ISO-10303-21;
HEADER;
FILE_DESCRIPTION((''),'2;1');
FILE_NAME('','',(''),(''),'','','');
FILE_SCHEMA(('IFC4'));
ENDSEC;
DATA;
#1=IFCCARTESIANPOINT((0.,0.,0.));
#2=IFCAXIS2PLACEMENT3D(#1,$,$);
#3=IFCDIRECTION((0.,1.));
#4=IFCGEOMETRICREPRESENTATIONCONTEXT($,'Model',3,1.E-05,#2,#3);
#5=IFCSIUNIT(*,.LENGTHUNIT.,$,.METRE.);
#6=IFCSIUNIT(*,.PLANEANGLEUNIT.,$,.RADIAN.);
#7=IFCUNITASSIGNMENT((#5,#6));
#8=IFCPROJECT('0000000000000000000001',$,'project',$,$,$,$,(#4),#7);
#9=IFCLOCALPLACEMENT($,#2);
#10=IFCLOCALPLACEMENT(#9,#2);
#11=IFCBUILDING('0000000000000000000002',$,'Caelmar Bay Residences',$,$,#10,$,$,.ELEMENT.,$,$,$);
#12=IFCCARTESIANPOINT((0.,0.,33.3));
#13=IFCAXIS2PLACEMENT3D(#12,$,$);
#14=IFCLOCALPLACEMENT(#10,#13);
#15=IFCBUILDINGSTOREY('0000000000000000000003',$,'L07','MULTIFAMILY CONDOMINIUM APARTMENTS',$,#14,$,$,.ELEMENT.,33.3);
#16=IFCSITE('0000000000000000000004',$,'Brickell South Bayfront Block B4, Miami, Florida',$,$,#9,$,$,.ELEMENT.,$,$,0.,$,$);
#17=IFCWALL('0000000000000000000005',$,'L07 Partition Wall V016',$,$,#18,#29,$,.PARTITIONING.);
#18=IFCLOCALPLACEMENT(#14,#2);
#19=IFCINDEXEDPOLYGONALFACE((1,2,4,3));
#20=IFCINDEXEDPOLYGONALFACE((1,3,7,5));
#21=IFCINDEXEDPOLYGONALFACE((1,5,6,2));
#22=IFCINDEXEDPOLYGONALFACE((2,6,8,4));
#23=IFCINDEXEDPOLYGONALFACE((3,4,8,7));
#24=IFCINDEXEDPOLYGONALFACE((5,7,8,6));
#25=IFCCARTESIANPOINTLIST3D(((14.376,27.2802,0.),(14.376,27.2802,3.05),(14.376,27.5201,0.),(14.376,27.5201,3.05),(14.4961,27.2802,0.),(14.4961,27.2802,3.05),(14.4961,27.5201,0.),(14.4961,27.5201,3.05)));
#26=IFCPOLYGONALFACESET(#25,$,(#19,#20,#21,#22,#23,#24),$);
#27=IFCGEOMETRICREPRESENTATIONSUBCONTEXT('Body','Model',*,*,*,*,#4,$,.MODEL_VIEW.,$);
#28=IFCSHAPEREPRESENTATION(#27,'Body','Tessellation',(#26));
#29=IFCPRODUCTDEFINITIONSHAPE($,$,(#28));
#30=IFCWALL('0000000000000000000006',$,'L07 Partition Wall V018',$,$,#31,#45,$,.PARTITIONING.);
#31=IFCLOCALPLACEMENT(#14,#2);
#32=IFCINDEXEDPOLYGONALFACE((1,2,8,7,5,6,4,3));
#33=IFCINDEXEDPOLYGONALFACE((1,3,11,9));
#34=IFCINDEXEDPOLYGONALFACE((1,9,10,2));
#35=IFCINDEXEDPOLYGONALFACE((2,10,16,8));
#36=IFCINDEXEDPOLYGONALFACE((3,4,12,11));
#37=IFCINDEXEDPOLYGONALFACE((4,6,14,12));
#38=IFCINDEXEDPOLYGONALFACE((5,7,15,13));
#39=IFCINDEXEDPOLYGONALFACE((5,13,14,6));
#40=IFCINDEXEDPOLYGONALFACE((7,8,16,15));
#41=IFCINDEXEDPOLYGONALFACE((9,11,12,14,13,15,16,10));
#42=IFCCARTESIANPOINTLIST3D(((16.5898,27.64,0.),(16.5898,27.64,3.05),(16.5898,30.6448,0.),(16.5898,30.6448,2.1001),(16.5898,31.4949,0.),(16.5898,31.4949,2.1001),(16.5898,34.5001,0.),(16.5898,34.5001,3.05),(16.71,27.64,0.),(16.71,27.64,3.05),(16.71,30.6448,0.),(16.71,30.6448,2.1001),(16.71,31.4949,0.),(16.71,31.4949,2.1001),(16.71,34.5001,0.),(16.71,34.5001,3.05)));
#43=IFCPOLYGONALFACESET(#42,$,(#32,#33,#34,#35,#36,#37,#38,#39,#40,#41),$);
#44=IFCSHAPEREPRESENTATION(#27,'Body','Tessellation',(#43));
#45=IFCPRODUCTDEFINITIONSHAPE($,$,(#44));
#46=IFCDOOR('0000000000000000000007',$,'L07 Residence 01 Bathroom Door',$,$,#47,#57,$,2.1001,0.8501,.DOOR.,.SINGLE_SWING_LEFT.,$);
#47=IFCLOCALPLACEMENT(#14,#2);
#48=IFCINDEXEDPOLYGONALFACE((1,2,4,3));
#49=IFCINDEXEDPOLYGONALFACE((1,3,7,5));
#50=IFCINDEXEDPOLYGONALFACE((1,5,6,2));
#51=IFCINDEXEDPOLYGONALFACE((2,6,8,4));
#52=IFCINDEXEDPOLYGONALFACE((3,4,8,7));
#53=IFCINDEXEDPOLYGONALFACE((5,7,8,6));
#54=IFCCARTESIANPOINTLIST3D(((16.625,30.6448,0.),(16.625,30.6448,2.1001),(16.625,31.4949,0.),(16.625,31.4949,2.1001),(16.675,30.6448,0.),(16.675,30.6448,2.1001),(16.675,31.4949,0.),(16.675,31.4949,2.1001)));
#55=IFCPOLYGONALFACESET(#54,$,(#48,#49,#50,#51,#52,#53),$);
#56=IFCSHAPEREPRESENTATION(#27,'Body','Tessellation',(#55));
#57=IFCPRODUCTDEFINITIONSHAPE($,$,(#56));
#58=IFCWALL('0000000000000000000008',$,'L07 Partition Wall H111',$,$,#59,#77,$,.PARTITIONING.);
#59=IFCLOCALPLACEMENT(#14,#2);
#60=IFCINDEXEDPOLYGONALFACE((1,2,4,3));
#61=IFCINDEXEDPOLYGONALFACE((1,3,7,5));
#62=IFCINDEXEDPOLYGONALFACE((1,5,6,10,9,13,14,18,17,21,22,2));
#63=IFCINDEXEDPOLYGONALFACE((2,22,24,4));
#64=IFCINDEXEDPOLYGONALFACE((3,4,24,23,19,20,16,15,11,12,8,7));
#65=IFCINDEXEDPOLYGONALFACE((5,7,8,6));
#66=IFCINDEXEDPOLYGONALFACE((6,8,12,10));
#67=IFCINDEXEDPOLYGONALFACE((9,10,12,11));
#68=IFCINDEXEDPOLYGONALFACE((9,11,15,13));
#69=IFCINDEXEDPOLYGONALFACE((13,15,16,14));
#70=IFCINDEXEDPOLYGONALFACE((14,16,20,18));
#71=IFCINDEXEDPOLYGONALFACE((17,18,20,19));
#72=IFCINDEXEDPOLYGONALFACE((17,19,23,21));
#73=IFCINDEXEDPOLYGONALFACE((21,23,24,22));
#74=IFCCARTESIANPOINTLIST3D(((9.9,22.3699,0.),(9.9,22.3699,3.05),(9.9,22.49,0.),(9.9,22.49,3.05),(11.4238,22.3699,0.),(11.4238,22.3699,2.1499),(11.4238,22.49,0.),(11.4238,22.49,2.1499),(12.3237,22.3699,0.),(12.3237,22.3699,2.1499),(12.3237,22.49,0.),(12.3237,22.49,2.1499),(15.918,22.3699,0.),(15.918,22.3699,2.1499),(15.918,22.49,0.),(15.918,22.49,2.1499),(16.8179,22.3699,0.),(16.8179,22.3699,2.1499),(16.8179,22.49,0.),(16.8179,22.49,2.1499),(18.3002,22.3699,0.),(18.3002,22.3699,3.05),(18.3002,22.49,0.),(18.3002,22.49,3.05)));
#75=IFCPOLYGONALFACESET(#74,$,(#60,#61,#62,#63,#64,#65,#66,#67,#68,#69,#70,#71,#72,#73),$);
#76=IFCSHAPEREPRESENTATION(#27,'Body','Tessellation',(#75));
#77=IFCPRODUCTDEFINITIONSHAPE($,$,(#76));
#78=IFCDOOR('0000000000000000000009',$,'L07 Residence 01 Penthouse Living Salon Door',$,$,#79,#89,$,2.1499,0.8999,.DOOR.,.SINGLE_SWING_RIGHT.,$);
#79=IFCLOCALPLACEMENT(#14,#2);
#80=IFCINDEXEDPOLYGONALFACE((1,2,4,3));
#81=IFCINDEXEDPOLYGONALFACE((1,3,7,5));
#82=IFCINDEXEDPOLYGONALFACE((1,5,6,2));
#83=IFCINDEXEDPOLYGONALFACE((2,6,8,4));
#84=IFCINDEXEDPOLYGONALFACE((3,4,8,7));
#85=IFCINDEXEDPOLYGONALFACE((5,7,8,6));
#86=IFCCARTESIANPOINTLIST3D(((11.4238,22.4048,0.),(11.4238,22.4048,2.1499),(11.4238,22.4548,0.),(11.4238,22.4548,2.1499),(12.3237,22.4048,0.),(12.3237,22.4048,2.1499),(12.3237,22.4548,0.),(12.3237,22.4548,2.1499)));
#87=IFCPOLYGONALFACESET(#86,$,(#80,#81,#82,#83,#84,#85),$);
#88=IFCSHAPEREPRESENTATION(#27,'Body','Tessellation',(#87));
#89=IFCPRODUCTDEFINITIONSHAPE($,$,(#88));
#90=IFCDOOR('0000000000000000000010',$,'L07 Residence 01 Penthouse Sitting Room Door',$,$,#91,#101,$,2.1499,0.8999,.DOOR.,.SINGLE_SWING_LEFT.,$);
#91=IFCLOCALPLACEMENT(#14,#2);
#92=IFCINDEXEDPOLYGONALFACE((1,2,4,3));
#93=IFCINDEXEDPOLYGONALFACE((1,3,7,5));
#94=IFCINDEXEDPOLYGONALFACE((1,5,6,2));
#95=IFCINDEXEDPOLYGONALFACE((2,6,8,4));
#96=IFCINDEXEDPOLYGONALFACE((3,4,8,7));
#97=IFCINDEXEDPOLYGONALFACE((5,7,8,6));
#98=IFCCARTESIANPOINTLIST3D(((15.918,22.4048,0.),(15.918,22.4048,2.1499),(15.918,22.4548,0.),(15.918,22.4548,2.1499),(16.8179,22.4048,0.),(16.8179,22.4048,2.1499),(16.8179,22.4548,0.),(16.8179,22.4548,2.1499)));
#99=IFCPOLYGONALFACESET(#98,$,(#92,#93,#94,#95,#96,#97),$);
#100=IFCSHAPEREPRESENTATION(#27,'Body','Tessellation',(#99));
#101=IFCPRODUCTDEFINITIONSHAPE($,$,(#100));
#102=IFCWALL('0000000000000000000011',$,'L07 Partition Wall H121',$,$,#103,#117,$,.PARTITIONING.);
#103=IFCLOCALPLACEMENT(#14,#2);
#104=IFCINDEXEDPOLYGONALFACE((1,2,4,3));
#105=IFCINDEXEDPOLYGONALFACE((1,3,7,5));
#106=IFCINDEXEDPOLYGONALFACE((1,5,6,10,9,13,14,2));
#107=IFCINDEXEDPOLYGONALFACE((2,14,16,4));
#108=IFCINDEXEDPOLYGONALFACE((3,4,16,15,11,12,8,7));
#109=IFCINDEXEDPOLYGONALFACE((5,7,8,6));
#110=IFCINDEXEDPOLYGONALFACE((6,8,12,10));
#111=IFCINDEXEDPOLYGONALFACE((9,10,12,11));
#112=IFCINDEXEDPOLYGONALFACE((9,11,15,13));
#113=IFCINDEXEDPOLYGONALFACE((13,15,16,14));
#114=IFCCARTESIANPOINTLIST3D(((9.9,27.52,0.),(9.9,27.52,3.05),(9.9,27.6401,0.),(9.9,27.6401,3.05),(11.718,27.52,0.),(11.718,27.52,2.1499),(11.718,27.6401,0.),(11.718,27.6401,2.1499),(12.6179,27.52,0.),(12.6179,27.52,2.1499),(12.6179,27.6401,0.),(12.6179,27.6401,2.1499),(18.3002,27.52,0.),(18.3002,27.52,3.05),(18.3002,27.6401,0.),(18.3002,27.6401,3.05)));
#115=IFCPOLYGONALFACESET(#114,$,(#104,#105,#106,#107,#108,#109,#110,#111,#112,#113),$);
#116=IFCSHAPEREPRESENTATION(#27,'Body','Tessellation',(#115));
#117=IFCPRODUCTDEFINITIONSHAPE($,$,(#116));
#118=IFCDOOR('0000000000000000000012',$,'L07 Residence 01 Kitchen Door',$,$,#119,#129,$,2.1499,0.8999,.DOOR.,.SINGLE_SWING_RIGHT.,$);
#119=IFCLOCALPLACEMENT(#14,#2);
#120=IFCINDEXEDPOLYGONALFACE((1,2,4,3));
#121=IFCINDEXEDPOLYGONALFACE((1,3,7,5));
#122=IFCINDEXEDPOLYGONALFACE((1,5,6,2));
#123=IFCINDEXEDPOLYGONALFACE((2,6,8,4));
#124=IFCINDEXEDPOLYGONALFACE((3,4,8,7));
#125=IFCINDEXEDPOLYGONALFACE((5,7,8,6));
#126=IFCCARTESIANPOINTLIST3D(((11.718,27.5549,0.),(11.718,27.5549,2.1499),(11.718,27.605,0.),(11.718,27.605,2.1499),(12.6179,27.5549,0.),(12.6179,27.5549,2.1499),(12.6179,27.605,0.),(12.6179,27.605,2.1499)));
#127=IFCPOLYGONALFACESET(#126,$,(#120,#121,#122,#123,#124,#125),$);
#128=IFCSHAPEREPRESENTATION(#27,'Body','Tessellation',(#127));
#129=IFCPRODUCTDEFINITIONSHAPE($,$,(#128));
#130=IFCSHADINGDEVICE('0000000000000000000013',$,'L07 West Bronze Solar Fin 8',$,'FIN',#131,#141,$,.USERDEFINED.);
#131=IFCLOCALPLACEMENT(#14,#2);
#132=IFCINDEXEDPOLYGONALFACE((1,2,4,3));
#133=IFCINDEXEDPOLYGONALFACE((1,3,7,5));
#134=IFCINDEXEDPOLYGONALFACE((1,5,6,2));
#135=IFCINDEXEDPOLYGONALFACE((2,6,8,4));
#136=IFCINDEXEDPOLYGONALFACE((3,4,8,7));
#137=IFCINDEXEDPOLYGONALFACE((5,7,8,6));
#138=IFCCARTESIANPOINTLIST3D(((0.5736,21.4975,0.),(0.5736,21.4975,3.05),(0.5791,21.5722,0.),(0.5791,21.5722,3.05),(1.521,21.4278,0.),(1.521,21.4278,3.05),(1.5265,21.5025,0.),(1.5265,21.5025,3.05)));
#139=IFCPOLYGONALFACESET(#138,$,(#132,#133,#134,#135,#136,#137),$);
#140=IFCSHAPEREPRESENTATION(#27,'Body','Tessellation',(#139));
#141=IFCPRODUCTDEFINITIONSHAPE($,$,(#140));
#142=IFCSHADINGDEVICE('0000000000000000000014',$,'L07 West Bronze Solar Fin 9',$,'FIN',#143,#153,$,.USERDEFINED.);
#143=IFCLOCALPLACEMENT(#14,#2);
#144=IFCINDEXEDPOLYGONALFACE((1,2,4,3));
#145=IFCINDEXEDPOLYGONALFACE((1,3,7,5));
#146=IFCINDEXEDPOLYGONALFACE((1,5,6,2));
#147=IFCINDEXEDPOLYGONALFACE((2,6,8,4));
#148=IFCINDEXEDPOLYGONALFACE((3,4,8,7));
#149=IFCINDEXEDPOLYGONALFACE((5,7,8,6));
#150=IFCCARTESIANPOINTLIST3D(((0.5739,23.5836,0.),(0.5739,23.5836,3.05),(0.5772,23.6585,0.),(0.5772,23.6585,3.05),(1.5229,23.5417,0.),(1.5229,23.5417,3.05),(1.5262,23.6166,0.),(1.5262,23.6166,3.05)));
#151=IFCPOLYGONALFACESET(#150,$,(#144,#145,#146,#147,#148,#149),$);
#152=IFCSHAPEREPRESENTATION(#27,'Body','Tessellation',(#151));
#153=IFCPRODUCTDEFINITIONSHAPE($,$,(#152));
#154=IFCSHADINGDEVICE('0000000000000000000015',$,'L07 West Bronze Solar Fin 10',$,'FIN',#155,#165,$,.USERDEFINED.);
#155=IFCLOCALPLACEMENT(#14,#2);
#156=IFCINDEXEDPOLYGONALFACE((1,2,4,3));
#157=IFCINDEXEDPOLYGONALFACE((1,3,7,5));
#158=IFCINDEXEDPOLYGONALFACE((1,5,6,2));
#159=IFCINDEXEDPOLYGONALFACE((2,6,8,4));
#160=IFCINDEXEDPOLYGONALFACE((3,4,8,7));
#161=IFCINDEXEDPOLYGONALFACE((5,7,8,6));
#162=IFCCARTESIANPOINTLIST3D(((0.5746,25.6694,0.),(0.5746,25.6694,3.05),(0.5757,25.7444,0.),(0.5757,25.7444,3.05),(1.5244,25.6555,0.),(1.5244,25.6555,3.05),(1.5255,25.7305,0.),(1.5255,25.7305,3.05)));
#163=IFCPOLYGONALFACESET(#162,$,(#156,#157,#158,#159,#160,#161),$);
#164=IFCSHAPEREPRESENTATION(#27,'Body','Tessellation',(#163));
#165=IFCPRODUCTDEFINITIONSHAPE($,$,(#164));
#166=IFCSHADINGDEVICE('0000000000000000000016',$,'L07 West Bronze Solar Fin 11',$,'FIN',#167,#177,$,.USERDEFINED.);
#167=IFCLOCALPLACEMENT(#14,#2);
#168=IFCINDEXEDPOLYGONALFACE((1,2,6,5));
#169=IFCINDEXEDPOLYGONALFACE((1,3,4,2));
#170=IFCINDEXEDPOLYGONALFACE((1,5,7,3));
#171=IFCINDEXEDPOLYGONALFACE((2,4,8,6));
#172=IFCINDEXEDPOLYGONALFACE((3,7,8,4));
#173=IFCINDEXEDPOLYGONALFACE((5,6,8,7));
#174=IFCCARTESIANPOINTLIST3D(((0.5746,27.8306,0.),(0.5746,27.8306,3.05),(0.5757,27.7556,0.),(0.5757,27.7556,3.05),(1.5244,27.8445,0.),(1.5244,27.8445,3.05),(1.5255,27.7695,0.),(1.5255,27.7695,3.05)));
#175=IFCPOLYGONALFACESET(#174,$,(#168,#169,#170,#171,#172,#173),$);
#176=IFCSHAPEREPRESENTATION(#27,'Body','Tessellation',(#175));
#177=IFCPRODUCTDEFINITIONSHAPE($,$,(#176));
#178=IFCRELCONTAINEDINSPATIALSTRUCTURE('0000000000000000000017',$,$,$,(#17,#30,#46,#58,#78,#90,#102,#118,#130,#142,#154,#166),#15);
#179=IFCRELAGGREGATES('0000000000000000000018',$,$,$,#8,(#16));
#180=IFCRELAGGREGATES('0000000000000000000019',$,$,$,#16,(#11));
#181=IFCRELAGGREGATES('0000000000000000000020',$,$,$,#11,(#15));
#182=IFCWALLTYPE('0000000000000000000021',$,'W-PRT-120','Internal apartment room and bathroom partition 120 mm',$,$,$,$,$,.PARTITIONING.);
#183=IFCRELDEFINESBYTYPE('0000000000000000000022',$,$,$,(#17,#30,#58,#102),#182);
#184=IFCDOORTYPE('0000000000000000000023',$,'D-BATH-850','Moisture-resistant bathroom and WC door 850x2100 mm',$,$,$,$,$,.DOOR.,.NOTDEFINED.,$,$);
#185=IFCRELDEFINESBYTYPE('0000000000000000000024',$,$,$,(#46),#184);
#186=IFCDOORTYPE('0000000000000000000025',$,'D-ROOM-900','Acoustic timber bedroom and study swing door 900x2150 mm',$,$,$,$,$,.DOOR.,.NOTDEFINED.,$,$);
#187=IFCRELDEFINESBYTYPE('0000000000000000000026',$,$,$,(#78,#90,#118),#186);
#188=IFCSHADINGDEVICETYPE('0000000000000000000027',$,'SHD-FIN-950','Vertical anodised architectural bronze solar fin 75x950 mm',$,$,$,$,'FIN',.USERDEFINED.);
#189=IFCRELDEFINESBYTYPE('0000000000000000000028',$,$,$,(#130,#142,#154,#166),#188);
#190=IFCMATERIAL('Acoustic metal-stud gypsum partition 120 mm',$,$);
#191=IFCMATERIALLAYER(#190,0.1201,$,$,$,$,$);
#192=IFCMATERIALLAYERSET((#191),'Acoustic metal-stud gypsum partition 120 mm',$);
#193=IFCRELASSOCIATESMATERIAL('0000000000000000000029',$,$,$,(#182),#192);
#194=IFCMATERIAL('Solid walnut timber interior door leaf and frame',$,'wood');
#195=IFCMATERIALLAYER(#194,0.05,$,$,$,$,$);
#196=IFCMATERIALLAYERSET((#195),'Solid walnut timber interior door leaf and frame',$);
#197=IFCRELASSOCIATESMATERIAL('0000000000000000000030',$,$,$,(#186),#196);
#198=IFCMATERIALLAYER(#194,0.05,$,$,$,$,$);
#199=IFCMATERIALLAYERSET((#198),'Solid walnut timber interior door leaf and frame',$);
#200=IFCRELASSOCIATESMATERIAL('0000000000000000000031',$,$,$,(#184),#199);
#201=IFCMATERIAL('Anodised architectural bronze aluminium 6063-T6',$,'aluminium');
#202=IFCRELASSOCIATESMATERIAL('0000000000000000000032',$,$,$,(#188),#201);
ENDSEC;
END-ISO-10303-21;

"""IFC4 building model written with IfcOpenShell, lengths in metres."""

from ifc_helpers import new_model, si_unit, direction, frame, frame_2d, origin, origin_2d, place, context, subcontext, project, spatial, rectangle, extrude, material, layer, layer_set, material_profile, profile_set, type_object, element, fill, save


model = new_model("IFC4")

# Units and contexts
model_context = context("Model", 3, precision=1e-05, world=origin(), true_north=direction((0.0, 1.0)))
body_context = subcontext(model_context, "Body", "Model", "MODEL_VIEW")
ifc_project = project(units=[si_unit("LENGTHUNIT", "METRE"), si_unit("PLANEANGLEUNIT", "RADIAN")], contexts=[model_context])

# Site, building, storey
site_placement = place(None, origin())
site = spatial("IfcSite", under=ifc_project, at=site_placement, Name="Brickell South Bayfront Block B4, Miami, Florida", CompositionType="ELEMENT", RefElevation=0.0)
building_placement = place(site_placement, origin())
building = spatial("IfcBuilding", under=site, at=building_placement, Name="Caelmar Bay Residences", CompositionType="ELEMENT")
storey_placement = place(building_placement, frame((0.0, 0.0, 33.3)))
storey = spatial("IfcBuildingStorey", under=building, at=storey_placement, Name="L07", Description="MULTIFAMILY CONDOMINIUM APARTMENTS", CompositionType="ELEMENT", Elevation=33.3)

# Shared definitions
ifc_material_1 = material(Name="Acoustic metal-stud gypsum partition 120 mm")
ifc_layer_1 = layer(ifc_material_1, 0.1201)
ifc_layer_set_1 = layer_set([ifc_layer_1], Name="Acoustic metal-stud gypsum partition 120 mm")
wall_type_1 = type_object("IfcWallType", Name="W-PRT-120", Description="Internal apartment room and bathroom partition 120 mm", PredefinedType="PARTITIONING", material=ifc_layer_set_1)

# Shared definitions
ifc_material_2 = material(Name="Solid walnut timber interior door leaf and frame", Category="wood")
ifc_layer_2 = layer(ifc_material_2, 0.05)
ifc_layer_set_2 = layer_set([ifc_layer_2], Name="Solid walnut timber interior door leaf and frame")
door_type_1 = type_object("IfcDoorType", Name="D-ROOM-900", Description="Acoustic timber bedroom and study swing door 900x2150 mm", OperationType="NOTDEFINED", PredefinedType="DOOR", material=ifc_layer_set_2)

# Wall
wall_1_placement = place(storey_placement, frame((14.436, 27.28, 0.0), z_axis=(0.0, 0.0, 1.0), x_axis=(0.0, 1.0, 0.0)))
element("IfcWall", 1, at=wall_1_placement, inside=storey, type_object=wall_type_1, Name="L07 Partition Wall V016", PredefinedType="PARTITIONING", context=body_context, shape_type="SweptSolid", body=[
    extrude(rectangle(XDim=0.24, YDim=0.1201, at=frame_2d((0.1201, 0.0))), origin(), (0.0, 0.0, 1.0), 3.05),
])

# Wall, opening, door
wall_2_placement = place(storey_placement, frame((16.6499, 27.6399, 0.0), z_axis=(0.0, 0.0, 1.0), x_axis=(0.0, 1.0, 0.0)))
wall_2 = element("IfcWall", 2, at=wall_2_placement, inside=storey, type_object=wall_type_1, Name="L07 Partition Wall V018", PredefinedType="PARTITIONING", context=body_context, shape_type="SweptSolid", body=[
    extrude(rectangle(XDim=6.8601, YDim=0.1201, at=frame_2d((3.4302, 0.0))), origin(), (0.0, 0.0, 1.0), 3.05),
])
opening_1_placement = place(wall_2_placement, frame((3.0049, 0.0, 0.0)))
opening_1 = element("IfcOpeningElement", 3, at=opening_1_placement, cuts=wall_2, PredefinedType="OPENING", context=body_context, shape_type="SweptSolid", body=[
    extrude(rectangle(XDim=0.8501, YDim=2.1001, at=frame_2d((0.425, 1.05))), frame((0.0, 0.0701, 0.0), z_axis=(0.0, -1.0, 0.0), x_axis=(1.0, 0.0, 0.0)), (0.0, 0.0, 1.0), 0.1401),
])
ifc_layer_3 = layer(ifc_material_2, 0.05)
ifc_layer_set_3 = layer_set([ifc_layer_3], Name="Solid walnut timber interior door leaf and frame")
door_type_2 = type_object("IfcDoorType", Name="D-BATH-850", Description="Moisture-resistant bathroom and WC door 850x2100 mm", OperationType="NOTDEFINED", PredefinedType="DOOR", material=ifc_layer_set_3)
door_1_placement = place(opening_1_placement, origin())
door_1 = element("IfcDoor", 4, at=door_1_placement, inside=storey, type_object=door_type_2, Name="L07 Residence 01 Bathroom Door", OperationType="SINGLE_SWING_LEFT", OverallHeight=2.1001, OverallWidth=0.8501, PredefinedType="DOOR", context=body_context, shape_type="SweptSolid", body=[
    extrude(rectangle(XDim=0.8501, YDim=2.1001, at=frame_2d((0.425, 1.05))), frame((0.0, 0.0249, 0.0), z_axis=(0.0, -1.0, 0.0), x_axis=(1.0, 0.0, 0.0)), (0.0, 0.0, 1.0), 0.05),
])
fill(opening_1, door_1)

# Wall, openings, doors
wall_3_placement = place(storey_placement, frame((9.8999, 22.4299, 0.0), z_axis=(0.0, 0.0, 1.0), x_axis=(1.0, 0.0, 0.0)))
wall_3 = element("IfcWall", 5, at=wall_3_placement, inside=storey, type_object=wall_type_1, Name="L07 Partition Wall H111", PredefinedType="PARTITIONING", context=body_context, shape_type="SweptSolid", body=[
    extrude(rectangle(XDim=8.4001, YDim=0.1201, at=frame_2d((4.2002, 0.0))), origin(), (0.0, 0.0, 1.0), 3.05),
])
opening_2_placement = place(wall_3_placement, frame((1.5239, 0.0, 0.0)))
opening_2 = element("IfcOpeningElement", 6, at=opening_2_placement, cuts=wall_3, PredefinedType="OPENING", context=body_context, shape_type="SweptSolid", body=[
    extrude(rectangle(XDim=0.8999, YDim=2.1499, at=frame_2d((0.45, 1.075))), frame((0.0, 0.0701, 0.0), z_axis=(0.0, -1.0, 0.0), x_axis=(1.0, 0.0, 0.0)), (0.0, 0.0, 1.0), 0.1401),
])
opening_3_placement = place(wall_3_placement, frame((6.0181, 0.0, 0.0)))
opening_3 = element("IfcOpeningElement", 7, at=opening_3_placement, cuts=wall_3, PredefinedType="OPENING", context=body_context, shape_type="SweptSolid", body=[
    extrude(rectangle(XDim=0.8999, YDim=2.1499, at=frame_2d((0.45, 1.075))), frame((0.0, 0.0701, 0.0), z_axis=(0.0, -1.0, 0.0), x_axis=(1.0, 0.0, 0.0)), (0.0, 0.0, 1.0), 0.1401),
])
door_2_placement = place(opening_2_placement, origin())
door_2 = element("IfcDoor", 8, at=door_2_placement, inside=storey, type_object=door_type_1, Name="L07 Residence 01 Penthouse Living Salon Door", OperationType="SINGLE_SWING_RIGHT", OverallHeight=2.1499, OverallWidth=0.8999, PredefinedType="DOOR", context=body_context, shape_type="SweptSolid", body=[
    extrude(rectangle(XDim=0.8999, YDim=2.1499, at=frame_2d((0.45, 1.075))), frame((0.0, 0.0249, 0.0), z_axis=(0.0, -1.0, 0.0), x_axis=(1.0, 0.0, 0.0)), (0.0, 0.0, 1.0), 0.05),
])
fill(opening_2, door_2)
door_3_placement = place(opening_3_placement, origin())
door_3 = element("IfcDoor", 9, at=door_3_placement, inside=storey, type_object=door_type_1, Name="L07 Residence 01 Penthouse Sitting Room Door", OperationType="SINGLE_SWING_LEFT", OverallHeight=2.1499, OverallWidth=0.8999, PredefinedType="DOOR", context=body_context, shape_type="SweptSolid", body=[
    extrude(rectangle(XDim=0.8999, YDim=2.1499, at=frame_2d((0.45, 1.075))), frame((0.0, 0.0249, 0.0), z_axis=(0.0, -1.0, 0.0), x_axis=(1.0, 0.0, 0.0)), (0.0, 0.0, 1.0), 0.05),
])
fill(opening_3, door_3)

# Wall, opening, door
wall_4_placement = place(storey_placement, frame((9.8999, 27.5801, 0.0), z_axis=(0.0, 0.0, 1.0), x_axis=(1.0, 0.0, 0.0)))
wall_4 = element("IfcWall", 10, at=wall_4_placement, inside=storey, type_object=wall_type_1, Name="L07 Partition Wall H121", PredefinedType="PARTITIONING", context=body_context, shape_type="SweptSolid", body=[
    extrude(rectangle(XDim=8.4001, YDim=0.1201, at=frame_2d((4.2002, 0.0))), origin(), (0.0, 0.0, 1.0), 3.05),
])
opening_4_placement = place(wall_4_placement, frame((1.8181, 0.0, 0.0)))
opening_4 = element("IfcOpeningElement", 11, at=opening_4_placement, cuts=wall_4, PredefinedType="OPENING", context=body_context, shape_type="SweptSolid", body=[
    extrude(rectangle(XDim=0.8999, YDim=2.1499, at=frame_2d((0.45, 1.075))), frame((0.0, 0.0701, 0.0), z_axis=(0.0, -1.0, 0.0), x_axis=(1.0, 0.0, 0.0)), (0.0, 0.0, 1.0), 0.1401),
])
door_4_placement = place(opening_4_placement, origin())
door_4 = element("IfcDoor", 12, at=door_4_placement, inside=storey, type_object=door_type_1, Name="L07 Residence 01 Kitchen Door", OperationType="SINGLE_SWING_RIGHT", OverallHeight=2.1499, OverallWidth=0.8999, PredefinedType="DOOR", context=body_context, shape_type="SweptSolid", body=[
    extrude(rectangle(XDim=0.8999, YDim=2.1499, at=frame_2d((0.45, 1.075))), frame((0.0, 0.0249, 0.0), z_axis=(0.0, -1.0, 0.0), x_axis=(1.0, 0.0, 0.0)), (0.0, 0.0, 1.0), 0.05),
])
fill(opening_4, door_4)

# Shading devices
ifc_material_3 = material(Name="Anodised architectural bronze aluminium 6063-T6", Category="aluminium")
ifc_material_profile_1 = material_profile(ifc_material_3, rectangle(XDim=0.075, YDim=0.95, at=origin_2d()), Name="BRONZE-FIN-75X950")
ifc_profile_set_1 = profile_set([ifc_material_profile_1], Name="Anodised architectural bronze aluminium 6063-T6")
shading_device_type = type_object("IfcShadingDeviceType", Name="SHD-FIN-950", Description="Vertical anodised architectural bronze solar fin 75x950 mm", ElementType="FIN", PredefinedType="USERDEFINED", material=ifc_profile_set_1)
for number, where, z_axis, x_axis, name in (
    (13, (1.05, 21.5, 0.0), (0.0, 0.0, 1.0), (0.073412, 0.997302, 0.0), "L07 West Bronze Solar Fin 8"),
    (14, (1.05, 23.6001, 0.0), (0.0, 0.0, 1.0), (0.044142, 0.999025, 0.0), "L07 West Bronze Solar Fin 9"),
    (15, (1.05, 25.7, 0.0), (0.0, 0.0, 1.0), (0.01466, 0.999893, 0.0), "L07 West Bronze Solar Fin 10"),
    (16, (1.05, 27.8, 0.0), (0.0, 0.0, 1.0), (-0.01466, 0.999893, 0.0), "L07 West Bronze Solar Fin 11"),
):
    element("IfcShadingDevice", number, at=place(storey_placement, frame(where, z_axis=z_axis, x_axis=x_axis)), inside=storey, type_object=shading_device_type, Name=name, ObjectType="FIN", PredefinedType="USERDEFINED", context=body_context, shape_type="SweptSolid", body=[
        extrude(rectangle(XDim=0.075, YDim=0.95, at=origin_2d()), origin(), (0.0, 0.0, 1.0), 3.05),
    ])

save(model, "model.ifc")
